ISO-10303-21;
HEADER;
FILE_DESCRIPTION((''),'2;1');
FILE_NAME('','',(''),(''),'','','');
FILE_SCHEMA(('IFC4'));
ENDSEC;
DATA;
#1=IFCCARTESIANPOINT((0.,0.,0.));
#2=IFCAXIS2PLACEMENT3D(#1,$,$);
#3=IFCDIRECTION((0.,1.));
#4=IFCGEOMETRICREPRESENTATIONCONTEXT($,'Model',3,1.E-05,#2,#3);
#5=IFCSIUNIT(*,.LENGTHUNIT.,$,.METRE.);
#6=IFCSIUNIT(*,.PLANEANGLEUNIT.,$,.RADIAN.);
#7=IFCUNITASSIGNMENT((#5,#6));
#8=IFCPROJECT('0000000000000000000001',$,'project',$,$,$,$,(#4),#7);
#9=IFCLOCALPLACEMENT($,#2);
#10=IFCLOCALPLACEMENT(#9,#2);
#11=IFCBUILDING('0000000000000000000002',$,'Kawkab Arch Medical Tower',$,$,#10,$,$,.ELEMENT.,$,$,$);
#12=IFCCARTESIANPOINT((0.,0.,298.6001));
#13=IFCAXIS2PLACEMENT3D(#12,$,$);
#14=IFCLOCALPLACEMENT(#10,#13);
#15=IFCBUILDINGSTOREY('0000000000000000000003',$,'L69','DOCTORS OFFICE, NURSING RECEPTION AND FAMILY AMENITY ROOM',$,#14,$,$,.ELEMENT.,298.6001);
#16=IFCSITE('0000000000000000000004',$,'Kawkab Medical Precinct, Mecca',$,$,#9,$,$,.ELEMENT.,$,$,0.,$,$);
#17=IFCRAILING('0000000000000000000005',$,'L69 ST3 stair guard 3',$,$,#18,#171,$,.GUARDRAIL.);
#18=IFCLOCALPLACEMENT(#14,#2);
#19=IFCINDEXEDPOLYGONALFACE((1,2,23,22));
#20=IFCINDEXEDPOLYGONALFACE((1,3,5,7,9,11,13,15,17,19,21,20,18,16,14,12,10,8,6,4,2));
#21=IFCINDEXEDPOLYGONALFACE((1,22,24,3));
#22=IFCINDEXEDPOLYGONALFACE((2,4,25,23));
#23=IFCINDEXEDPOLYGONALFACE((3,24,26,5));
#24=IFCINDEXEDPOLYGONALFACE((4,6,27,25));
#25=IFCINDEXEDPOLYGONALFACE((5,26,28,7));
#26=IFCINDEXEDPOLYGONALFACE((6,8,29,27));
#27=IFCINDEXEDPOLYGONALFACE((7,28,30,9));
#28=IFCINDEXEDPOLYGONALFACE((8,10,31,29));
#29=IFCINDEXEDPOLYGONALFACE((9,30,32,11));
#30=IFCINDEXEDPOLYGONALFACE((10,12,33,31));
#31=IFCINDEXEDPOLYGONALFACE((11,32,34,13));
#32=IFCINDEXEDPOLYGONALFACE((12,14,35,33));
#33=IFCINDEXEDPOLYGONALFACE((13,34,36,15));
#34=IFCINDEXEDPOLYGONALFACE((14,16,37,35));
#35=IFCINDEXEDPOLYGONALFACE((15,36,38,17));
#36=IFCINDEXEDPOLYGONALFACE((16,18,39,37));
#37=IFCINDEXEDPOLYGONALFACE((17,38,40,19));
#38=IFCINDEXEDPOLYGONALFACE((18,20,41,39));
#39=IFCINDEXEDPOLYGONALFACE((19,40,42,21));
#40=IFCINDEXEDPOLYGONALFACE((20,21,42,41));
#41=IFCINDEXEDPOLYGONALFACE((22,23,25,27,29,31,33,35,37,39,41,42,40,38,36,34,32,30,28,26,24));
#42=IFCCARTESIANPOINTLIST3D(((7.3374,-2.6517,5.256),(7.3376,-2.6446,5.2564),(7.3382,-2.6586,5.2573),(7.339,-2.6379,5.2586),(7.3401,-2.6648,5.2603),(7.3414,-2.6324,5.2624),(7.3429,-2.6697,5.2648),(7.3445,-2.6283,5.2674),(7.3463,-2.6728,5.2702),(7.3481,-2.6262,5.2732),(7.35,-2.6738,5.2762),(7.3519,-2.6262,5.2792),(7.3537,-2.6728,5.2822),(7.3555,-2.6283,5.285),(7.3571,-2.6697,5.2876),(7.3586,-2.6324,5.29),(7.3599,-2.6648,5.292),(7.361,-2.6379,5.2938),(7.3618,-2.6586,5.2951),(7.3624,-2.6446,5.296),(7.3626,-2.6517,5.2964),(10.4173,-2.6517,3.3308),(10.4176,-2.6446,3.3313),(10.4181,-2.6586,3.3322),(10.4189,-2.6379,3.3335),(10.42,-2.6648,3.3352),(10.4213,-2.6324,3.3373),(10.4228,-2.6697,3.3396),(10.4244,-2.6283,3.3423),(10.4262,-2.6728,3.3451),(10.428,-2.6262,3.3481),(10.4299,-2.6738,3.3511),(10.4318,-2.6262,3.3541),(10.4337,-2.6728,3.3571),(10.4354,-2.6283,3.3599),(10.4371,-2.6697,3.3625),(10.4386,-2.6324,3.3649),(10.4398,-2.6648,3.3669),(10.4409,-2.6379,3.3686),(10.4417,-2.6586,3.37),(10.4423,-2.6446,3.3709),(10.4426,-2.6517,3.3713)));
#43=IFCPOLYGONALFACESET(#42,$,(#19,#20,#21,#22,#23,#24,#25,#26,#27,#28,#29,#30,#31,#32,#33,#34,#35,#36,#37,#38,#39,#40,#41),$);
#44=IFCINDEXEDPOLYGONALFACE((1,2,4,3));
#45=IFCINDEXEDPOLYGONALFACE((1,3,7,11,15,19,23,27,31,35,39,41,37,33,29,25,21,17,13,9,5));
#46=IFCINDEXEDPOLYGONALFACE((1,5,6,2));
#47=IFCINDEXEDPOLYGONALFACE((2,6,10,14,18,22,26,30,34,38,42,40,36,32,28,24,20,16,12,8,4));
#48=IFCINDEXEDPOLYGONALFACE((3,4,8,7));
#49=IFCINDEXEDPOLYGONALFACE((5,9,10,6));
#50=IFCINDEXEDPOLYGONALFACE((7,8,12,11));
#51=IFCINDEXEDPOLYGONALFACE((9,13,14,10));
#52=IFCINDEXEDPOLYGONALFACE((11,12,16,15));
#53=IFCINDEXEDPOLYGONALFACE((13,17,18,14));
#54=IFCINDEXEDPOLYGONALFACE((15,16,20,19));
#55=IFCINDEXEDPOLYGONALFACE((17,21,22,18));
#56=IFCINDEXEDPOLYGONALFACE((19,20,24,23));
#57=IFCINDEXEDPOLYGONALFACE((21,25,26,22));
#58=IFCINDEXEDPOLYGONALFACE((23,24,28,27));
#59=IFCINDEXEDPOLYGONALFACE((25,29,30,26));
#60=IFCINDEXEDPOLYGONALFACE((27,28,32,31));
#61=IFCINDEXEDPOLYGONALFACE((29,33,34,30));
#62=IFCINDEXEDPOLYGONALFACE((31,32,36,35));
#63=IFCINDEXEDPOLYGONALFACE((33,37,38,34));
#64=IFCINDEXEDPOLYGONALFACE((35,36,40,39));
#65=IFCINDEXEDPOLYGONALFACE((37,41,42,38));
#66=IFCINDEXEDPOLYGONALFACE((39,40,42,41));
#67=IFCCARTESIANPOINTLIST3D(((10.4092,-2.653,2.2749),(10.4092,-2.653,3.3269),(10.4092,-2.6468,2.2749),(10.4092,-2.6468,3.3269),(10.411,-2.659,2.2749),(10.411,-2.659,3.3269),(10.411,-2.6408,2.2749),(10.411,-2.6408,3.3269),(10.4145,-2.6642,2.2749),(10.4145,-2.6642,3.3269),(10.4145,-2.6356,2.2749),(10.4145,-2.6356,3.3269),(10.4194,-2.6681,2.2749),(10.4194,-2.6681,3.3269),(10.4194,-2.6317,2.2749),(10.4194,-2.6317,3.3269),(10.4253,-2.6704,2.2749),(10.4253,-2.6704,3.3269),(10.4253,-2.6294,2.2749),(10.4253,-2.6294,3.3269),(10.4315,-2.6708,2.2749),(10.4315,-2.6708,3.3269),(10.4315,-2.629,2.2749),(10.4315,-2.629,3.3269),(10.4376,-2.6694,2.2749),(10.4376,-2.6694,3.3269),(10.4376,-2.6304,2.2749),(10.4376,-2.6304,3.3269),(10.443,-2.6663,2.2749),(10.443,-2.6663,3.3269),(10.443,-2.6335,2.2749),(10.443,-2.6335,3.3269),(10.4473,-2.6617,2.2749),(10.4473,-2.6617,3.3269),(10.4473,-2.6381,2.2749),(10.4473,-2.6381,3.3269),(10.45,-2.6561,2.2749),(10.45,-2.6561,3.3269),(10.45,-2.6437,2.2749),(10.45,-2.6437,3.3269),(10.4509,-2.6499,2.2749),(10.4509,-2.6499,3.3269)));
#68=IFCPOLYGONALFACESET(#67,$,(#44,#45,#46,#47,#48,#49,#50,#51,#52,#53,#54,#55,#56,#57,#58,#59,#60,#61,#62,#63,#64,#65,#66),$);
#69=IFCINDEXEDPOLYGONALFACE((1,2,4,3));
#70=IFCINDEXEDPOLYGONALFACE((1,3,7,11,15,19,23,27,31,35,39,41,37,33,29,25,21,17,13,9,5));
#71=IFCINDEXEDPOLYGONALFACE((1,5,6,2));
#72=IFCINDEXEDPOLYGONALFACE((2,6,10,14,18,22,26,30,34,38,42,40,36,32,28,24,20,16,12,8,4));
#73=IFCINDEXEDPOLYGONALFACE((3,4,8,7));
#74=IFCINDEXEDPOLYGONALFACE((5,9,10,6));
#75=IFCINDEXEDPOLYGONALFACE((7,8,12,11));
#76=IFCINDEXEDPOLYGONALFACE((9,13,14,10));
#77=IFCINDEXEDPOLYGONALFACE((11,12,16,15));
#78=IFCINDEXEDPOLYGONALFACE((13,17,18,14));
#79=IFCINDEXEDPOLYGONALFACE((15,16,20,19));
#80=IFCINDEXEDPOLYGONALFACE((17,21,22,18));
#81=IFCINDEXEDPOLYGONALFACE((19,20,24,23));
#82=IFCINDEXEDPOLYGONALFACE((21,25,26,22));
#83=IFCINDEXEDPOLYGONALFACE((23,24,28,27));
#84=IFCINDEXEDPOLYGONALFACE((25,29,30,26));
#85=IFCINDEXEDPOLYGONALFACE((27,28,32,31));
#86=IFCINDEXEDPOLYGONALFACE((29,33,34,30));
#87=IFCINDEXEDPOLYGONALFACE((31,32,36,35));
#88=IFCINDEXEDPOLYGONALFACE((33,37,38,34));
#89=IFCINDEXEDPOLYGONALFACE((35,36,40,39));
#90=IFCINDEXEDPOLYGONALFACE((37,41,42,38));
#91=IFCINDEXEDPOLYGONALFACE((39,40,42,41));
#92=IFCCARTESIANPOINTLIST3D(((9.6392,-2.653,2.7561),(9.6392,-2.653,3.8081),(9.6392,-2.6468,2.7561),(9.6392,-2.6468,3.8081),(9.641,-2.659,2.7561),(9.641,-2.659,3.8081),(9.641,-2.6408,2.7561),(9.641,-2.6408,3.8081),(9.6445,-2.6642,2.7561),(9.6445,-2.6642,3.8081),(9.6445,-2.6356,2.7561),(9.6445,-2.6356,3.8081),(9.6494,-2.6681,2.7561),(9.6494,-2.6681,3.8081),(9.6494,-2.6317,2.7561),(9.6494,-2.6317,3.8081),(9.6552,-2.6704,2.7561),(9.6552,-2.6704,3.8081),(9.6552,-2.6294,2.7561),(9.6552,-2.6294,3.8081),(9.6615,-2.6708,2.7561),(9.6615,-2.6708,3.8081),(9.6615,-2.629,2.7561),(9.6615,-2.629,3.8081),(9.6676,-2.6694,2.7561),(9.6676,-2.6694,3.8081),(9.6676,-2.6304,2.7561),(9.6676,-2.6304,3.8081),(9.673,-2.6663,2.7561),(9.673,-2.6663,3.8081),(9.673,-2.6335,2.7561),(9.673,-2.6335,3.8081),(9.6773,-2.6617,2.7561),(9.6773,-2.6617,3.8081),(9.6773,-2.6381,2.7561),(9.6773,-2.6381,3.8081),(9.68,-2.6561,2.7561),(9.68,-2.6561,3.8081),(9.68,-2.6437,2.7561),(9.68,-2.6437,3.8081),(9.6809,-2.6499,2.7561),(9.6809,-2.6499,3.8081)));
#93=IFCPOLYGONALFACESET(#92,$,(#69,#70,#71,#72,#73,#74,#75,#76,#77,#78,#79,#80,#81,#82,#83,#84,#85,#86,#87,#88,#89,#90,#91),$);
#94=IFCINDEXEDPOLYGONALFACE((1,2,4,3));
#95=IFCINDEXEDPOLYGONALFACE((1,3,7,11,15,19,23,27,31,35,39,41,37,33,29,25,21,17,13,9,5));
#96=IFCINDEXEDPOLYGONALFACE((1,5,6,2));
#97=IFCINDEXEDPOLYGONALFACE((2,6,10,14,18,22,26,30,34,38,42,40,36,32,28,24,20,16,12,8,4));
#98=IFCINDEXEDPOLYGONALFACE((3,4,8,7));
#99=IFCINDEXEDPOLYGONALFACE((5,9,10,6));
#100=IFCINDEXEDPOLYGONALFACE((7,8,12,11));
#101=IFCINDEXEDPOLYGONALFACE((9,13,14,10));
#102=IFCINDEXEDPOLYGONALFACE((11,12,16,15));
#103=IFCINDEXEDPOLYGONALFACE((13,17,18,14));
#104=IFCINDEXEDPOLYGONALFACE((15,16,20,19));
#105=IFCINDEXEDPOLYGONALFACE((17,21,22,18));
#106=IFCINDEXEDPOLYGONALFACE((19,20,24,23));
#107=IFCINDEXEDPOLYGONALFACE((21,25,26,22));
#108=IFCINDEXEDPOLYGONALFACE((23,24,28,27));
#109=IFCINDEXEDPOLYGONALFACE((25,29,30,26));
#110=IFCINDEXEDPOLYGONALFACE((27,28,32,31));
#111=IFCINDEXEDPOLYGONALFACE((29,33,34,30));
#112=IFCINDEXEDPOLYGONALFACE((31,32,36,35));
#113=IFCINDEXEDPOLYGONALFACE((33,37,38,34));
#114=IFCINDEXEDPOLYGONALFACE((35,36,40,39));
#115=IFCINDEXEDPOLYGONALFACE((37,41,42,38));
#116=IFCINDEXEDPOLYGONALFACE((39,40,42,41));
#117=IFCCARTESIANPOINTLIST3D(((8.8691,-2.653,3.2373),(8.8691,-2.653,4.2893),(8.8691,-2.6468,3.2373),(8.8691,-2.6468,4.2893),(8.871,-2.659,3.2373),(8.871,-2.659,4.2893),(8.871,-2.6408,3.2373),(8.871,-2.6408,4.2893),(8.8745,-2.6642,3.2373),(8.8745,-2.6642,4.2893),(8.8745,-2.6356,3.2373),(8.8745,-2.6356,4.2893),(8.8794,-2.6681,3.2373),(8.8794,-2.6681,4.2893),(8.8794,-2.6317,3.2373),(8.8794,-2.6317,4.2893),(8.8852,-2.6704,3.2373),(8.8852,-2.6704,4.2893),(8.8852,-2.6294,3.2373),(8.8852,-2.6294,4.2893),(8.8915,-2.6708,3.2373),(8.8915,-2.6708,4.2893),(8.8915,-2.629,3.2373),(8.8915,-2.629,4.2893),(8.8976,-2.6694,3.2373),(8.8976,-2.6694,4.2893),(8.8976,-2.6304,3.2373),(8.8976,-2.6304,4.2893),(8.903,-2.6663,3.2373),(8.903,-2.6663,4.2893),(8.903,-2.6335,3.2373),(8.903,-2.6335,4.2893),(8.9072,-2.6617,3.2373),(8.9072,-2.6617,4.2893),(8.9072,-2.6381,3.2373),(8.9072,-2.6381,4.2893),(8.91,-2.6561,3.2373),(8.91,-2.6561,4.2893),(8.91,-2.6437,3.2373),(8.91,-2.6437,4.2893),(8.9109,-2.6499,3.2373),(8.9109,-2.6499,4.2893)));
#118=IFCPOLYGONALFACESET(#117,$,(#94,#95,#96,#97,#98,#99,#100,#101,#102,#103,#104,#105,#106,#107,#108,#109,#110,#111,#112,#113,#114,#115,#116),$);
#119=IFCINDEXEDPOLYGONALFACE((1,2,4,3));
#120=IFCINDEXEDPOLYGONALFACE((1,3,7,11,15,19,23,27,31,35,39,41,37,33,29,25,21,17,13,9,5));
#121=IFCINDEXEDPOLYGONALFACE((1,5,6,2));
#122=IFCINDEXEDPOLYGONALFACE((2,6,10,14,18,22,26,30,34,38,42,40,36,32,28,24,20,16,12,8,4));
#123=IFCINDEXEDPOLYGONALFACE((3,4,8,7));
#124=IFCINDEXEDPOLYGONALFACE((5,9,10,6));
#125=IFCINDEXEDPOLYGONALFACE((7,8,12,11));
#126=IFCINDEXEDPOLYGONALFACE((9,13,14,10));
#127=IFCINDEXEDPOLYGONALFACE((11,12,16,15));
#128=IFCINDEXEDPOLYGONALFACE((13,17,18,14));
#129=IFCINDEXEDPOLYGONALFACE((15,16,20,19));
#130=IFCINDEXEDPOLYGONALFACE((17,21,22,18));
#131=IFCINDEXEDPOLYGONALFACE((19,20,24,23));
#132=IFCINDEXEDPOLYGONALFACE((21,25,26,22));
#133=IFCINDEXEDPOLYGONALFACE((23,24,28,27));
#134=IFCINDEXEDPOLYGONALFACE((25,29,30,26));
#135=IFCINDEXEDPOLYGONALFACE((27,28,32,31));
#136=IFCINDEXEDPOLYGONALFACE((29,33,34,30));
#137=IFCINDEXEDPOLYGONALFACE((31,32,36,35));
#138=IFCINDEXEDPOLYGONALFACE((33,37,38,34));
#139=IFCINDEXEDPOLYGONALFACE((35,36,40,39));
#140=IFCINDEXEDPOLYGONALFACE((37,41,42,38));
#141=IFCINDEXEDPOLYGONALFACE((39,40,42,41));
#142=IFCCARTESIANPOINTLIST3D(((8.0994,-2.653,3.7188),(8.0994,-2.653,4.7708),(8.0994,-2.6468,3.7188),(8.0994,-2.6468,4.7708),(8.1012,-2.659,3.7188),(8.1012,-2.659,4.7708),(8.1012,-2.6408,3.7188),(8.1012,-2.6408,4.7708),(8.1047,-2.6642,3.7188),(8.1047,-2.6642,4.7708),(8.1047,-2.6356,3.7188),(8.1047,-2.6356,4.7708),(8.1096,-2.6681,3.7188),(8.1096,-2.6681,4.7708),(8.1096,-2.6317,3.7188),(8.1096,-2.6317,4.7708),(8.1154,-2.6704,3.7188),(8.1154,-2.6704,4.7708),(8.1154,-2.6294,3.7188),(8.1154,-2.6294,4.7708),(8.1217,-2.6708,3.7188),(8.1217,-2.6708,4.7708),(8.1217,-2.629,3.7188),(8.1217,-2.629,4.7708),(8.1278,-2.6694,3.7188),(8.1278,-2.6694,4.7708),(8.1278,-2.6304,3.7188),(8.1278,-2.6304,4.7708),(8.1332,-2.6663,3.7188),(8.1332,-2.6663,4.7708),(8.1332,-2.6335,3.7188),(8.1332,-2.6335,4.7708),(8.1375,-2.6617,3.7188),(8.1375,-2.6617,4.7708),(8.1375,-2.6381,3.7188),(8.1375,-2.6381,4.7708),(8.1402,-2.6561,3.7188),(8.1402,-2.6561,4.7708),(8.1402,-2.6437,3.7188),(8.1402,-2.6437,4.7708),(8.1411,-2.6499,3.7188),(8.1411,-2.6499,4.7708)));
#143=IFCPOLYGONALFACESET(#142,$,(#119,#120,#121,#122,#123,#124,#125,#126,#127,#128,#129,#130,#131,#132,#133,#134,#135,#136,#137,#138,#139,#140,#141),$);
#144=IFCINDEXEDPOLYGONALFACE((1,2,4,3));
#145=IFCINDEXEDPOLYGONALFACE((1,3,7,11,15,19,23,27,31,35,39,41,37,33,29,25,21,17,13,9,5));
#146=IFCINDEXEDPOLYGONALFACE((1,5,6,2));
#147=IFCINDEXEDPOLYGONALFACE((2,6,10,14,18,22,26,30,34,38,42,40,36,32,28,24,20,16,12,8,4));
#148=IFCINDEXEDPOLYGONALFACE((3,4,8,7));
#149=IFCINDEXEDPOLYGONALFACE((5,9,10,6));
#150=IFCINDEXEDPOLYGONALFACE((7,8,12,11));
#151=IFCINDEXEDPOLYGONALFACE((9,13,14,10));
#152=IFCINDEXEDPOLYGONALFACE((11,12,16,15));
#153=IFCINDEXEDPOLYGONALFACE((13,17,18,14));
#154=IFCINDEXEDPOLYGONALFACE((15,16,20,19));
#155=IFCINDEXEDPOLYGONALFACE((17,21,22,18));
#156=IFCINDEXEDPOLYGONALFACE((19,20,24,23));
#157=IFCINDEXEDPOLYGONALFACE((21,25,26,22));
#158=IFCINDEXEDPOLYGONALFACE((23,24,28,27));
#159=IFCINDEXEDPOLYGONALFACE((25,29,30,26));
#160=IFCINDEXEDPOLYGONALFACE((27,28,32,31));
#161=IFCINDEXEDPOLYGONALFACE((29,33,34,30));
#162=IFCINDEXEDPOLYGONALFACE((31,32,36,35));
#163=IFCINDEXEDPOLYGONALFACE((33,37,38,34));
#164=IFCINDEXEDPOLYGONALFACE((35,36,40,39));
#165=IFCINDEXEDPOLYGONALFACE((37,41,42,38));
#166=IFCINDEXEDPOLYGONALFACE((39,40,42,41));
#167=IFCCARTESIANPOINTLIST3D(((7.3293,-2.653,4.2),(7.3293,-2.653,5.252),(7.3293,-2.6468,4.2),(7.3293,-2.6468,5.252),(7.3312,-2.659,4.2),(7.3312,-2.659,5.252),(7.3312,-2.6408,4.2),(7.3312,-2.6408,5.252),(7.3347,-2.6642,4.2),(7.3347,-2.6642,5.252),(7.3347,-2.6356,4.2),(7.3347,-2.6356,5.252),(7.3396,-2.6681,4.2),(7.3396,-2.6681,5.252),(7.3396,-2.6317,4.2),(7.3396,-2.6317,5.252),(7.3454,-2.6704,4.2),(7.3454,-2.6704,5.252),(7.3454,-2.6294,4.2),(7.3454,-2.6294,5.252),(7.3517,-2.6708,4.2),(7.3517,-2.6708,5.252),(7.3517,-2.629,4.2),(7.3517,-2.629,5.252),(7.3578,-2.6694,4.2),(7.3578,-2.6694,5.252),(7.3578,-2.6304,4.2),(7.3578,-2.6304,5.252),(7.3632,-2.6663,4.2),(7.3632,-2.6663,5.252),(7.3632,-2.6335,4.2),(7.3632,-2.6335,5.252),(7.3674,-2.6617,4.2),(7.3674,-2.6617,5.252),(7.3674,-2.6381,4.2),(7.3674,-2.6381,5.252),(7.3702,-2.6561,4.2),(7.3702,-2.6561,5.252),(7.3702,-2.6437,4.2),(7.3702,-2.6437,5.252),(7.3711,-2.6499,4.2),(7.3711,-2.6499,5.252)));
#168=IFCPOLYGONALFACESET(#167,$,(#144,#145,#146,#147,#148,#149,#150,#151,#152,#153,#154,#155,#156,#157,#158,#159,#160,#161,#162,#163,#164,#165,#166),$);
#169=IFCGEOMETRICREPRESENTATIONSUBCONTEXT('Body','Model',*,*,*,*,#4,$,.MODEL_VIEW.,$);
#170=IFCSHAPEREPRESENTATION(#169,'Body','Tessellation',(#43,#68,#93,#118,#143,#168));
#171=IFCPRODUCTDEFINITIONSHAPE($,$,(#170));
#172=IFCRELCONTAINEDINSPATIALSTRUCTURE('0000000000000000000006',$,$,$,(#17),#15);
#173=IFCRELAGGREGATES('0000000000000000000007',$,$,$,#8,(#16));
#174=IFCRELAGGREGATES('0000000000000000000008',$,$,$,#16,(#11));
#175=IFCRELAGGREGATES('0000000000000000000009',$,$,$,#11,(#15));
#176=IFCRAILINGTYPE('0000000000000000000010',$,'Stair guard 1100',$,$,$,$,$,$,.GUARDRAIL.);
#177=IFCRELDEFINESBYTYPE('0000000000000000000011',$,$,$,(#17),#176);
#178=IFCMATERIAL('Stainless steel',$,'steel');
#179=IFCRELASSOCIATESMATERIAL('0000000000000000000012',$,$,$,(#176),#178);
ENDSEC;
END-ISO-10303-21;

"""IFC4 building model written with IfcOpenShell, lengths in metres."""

from ifc_helpers import new_model, si_unit, direction, frame, origin, origin_2d, place, context, subcontext, project, spatial, circle, extrude, material, type_object, element, save


model = new_model("IFC4")

# Units and contexts
model_context = context("Model", 3, precision=1e-05, world=origin(), true_north=direction((0.0, 1.0)))
body_context = subcontext(model_context, "Body", "Model", "MODEL_VIEW")
ifc_project = project(units=[si_unit("LENGTHUNIT", "METRE"), si_unit("PLANEANGLEUNIT", "RADIAN")], contexts=[model_context])

# Site, building, storey
site_placement = place(None, origin())
site = spatial("IfcSite", under=ifc_project, at=site_placement, Name="Kawkab Medical Precinct, Mecca", CompositionType="ELEMENT", RefElevation=0.0)
building_placement = place(site_placement, origin())
building = spatial("IfcBuilding", under=site, at=building_placement, Name="Kawkab Arch Medical Tower", CompositionType="ELEMENT")
storey_placement = place(building_placement, frame((0.0, 0.0, 298.6001)))
storey = spatial("IfcBuildingStorey", under=building, at=storey_placement, Name="L69", Description="DOCTORS OFFICE, NURSING RECEPTION AND FAMILY AMENITY ROOM", CompositionType="ELEMENT", Elevation=298.6001)

# Railing
ifc_material_1 = material(Name="Stainless steel", Category="steel")
railing_type_1 = type_object("IfcRailingType", Name="Stair guard 1100", PredefinedType="GUARDRAIL", material=ifc_material_1)
railing_1_placement = place(storey_placement, frame((10.4299, -2.6499, 2.2749)))
element("IfcRailing", 1, at=railing_1_placement, inside=storey, type_object=railing_type_1, Name="L69 ST3 stair guard 3", PredefinedType="GUARDRAIL", context=body_context, shape_type="SweptSolid", body=[
    extrude(circle(Radius=0.0239, at=origin_2d()), frame((0.0, 0.0, 1.0762), z_axis=(-0.847979, 0.0, 0.530029), x_axis=(0.0, -1.0, 0.0)), (0.0, 0.0, 1.0), 3.6321),
    extrude(circle(Radius=0.021, at=origin_2d()), origin(), (0.0, 0.0, 1.0), 1.052),
    extrude(circle(Radius=0.021, at=origin_2d()), frame((-0.77, 0.0, 0.4812)), (0.0, 0.0, 1.0), 1.052),
    extrude(circle(Radius=0.021, at=origin_2d()), frame((-1.54, 0.0, 0.9624)), (0.0, 0.0, 1.0), 1.052),
    extrude(circle(Radius=0.021, at=origin_2d()), frame((-2.3098, 0.0, 1.4438)), (0.0, 0.0, 1.0), 1.052),
    extrude(circle(Radius=0.021, at=origin_2d()), frame((-3.0798, 0.0, 1.925)), (0.0, 0.0, 1.0), 1.052),
])

save(model, "model.ifc")
